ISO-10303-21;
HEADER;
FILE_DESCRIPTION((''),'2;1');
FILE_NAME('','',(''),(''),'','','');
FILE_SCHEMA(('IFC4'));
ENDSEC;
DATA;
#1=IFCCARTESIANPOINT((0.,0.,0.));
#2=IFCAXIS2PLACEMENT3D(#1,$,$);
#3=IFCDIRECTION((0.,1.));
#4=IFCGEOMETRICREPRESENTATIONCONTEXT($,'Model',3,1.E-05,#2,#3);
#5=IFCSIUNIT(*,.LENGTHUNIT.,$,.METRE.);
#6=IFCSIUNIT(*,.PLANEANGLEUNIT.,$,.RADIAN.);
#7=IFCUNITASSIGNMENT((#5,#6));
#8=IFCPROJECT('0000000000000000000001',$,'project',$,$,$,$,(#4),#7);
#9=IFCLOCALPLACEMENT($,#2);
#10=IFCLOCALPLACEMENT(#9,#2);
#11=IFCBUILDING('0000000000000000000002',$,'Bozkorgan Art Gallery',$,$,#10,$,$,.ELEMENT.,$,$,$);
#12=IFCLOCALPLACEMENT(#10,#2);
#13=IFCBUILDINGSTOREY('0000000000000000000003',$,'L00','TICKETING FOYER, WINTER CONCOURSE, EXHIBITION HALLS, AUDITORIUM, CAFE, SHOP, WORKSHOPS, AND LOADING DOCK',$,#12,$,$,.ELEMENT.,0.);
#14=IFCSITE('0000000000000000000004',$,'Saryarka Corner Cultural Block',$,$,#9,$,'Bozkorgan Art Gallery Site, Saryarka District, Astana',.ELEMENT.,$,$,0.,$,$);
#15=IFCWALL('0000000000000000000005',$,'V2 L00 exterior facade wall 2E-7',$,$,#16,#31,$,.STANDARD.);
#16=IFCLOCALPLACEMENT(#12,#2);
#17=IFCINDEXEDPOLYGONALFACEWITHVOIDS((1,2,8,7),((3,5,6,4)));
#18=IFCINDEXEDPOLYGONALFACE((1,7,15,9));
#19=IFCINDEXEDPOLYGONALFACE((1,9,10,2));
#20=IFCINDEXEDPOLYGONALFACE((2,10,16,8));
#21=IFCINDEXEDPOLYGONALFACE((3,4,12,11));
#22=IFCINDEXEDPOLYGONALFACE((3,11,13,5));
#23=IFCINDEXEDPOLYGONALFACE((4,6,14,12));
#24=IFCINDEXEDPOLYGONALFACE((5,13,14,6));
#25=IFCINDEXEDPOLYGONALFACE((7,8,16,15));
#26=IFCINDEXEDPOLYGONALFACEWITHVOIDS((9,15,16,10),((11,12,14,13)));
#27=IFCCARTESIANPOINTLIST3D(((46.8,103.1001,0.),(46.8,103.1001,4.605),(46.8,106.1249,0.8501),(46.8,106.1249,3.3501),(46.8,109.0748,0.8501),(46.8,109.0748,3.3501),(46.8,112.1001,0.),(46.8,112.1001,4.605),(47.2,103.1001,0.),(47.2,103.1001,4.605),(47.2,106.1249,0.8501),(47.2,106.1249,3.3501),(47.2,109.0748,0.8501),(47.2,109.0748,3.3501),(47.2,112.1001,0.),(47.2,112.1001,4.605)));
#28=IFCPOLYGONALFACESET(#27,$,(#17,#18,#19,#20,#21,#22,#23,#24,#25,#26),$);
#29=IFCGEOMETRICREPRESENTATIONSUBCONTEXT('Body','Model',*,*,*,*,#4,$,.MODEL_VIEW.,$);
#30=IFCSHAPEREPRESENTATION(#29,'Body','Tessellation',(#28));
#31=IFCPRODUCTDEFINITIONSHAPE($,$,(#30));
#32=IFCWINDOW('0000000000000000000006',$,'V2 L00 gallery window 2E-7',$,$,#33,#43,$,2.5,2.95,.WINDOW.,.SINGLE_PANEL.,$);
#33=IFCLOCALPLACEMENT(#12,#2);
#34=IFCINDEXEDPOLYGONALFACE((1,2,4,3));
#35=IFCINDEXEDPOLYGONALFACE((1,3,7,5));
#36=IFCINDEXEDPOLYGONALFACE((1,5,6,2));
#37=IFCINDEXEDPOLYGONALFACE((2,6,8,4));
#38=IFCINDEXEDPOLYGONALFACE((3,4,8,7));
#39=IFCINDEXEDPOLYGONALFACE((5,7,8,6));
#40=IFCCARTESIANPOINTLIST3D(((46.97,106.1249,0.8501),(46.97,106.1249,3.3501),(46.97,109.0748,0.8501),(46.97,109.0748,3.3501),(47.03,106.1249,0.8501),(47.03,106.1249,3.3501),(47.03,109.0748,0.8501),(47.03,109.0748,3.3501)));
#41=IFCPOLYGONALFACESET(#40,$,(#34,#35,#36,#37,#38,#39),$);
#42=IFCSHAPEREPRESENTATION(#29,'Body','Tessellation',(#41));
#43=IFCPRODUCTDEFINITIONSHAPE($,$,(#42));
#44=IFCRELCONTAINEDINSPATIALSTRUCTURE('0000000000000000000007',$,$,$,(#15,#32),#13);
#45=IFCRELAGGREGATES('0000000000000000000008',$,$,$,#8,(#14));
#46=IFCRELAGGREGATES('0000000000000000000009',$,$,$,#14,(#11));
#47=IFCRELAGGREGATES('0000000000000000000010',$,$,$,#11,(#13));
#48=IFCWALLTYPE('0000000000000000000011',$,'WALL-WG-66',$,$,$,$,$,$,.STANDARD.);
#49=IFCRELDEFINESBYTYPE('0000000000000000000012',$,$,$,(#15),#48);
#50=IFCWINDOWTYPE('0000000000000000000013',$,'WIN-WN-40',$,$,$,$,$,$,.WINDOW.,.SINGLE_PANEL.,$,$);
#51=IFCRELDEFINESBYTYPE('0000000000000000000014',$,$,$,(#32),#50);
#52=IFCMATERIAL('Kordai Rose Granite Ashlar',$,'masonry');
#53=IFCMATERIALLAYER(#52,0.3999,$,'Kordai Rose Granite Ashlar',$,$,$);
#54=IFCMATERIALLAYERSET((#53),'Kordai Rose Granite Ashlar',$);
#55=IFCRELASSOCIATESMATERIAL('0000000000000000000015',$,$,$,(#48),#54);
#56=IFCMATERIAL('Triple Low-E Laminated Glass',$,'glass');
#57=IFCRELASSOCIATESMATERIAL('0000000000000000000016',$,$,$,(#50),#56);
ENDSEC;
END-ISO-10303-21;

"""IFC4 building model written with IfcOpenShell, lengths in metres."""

from ifc_helpers import new_model, si_unit, direction, frame, frame_2d, origin, place, context, subcontext, project, spatial, rectangle, extrude, material, layer, layer_set, type_object, element, fill, save


model = new_model("IFC4")

# Units and contexts
model_context = context("Model", 3, precision=1e-05, world=origin(), true_north=direction((0.0, 1.0)))
body_context = subcontext(model_context, "Body", "Model", "MODEL_VIEW")
ifc_project = project(units=[si_unit("LENGTHUNIT", "METRE"), si_unit("PLANEANGLEUNIT", "RADIAN")], contexts=[model_context])

# Site, building, storey
site_placement = place(None, origin())
site = spatial("IfcSite", under=ifc_project, at=site_placement, Name="Saryarka Corner Cultural Block", LongName="Bozkorgan Art Gallery Site, Saryarka District, Astana", CompositionType="ELEMENT", RefElevation=0.0)
building_placement = place(site_placement, origin())
building = spatial("IfcBuilding", under=site, at=building_placement, Name="Bozkorgan Art Gallery", CompositionType="ELEMENT")
storey_placement = place(building_placement, origin())
storey = spatial("IfcBuildingStorey", under=building, at=storey_placement, Name="L00", Description="TICKETING FOYER, WINTER CONCOURSE, EXHIBITION HALLS, AUDITORIUM, CAFE, SHOP, WORKSHOPS, AND LOADING DOCK", CompositionType="ELEMENT", Elevation=0.0)

# Wall, opening, window
ifc_material_1 = material(Name="Kordai Rose Granite Ashlar", Category="masonry")
ifc_layer_1 = layer(ifc_material_1, 0.3999, Name="Kordai Rose Granite Ashlar")
ifc_layer_set_1 = layer_set([ifc_layer_1], Name="Kordai Rose Granite Ashlar")
wall_type = type_object("IfcWallType", Name="WALL-WG-66", PredefinedType="STANDARD", material=ifc_layer_set_1)
wall_placement = place(storey_placement, frame((47.0, 103.1001, 0.0), z_axis=(0.0, 0.0, 1.0), x_axis=(0.0, 1.0, 0.0)))
wall = element("IfcWall", 1, at=wall_placement, inside=storey, type_object=wall_type, Name="V2 L00 exterior facade wall 2E-7", PredefinedType="STANDARD", context=body_context, shape_type="SweptSolid", body=[
    extrude(rectangle(XDim=9.0, YDim=0.3999, at=frame_2d((4.5, 0.0))), origin(), (0.0, 0.0, 1.0), 4.605),
])
opening_placement = place(wall_placement, frame((5.9749, 0.0, 0.8501), z_axis=(0.0, 0.0, 1.0), x_axis=(-1.0, 0.0, 0.0)))
opening = element("IfcOpeningElement", 2, at=opening_placement, cuts=wall, PredefinedType="OPENING", context=body_context, shape_type="SweptSolid", body=[
    extrude(rectangle(XDim=2.95, YDim=2.5, at=frame_2d((1.4751, 1.25))), frame((0.0, 0.21, 0.0), z_axis=(0.0, -1.0, 0.0), x_axis=(1.0, 0.0, 0.0)), (0.0, 0.0, 1.0), 0.4199),
])
ifc_material_2 = material(Name="Triple Low-E Laminated Glass", Category="glass")
window_type = type_object("IfcWindowType", Name="WIN-WN-40", PartitioningType="SINGLE_PANEL", PredefinedType="WINDOW", material=ifc_material_2)
window_placement = place(opening_placement, origin())
window = element("IfcWindow", 3, at=window_placement, inside=storey, type_object=window_type, Name="V2 L00 gallery window 2E-7", OverallHeight=2.5, OverallWidth=2.95, PartitioningType="SINGLE_PANEL", PredefinedType="WINDOW", context=body_context, shape_type="SweptSolid", body=[
    extrude(rectangle(XDim=2.95, YDim=2.5, at=frame_2d((1.4751, 1.25))), frame((0.0, 0.03, 0.0), z_axis=(0.0, -1.0, 0.0), x_axis=(1.0, 0.0, 0.0)), (0.0, 0.0, 1.0), 0.0601),
])
fill(opening, window)

save(model, "model.ifc")
